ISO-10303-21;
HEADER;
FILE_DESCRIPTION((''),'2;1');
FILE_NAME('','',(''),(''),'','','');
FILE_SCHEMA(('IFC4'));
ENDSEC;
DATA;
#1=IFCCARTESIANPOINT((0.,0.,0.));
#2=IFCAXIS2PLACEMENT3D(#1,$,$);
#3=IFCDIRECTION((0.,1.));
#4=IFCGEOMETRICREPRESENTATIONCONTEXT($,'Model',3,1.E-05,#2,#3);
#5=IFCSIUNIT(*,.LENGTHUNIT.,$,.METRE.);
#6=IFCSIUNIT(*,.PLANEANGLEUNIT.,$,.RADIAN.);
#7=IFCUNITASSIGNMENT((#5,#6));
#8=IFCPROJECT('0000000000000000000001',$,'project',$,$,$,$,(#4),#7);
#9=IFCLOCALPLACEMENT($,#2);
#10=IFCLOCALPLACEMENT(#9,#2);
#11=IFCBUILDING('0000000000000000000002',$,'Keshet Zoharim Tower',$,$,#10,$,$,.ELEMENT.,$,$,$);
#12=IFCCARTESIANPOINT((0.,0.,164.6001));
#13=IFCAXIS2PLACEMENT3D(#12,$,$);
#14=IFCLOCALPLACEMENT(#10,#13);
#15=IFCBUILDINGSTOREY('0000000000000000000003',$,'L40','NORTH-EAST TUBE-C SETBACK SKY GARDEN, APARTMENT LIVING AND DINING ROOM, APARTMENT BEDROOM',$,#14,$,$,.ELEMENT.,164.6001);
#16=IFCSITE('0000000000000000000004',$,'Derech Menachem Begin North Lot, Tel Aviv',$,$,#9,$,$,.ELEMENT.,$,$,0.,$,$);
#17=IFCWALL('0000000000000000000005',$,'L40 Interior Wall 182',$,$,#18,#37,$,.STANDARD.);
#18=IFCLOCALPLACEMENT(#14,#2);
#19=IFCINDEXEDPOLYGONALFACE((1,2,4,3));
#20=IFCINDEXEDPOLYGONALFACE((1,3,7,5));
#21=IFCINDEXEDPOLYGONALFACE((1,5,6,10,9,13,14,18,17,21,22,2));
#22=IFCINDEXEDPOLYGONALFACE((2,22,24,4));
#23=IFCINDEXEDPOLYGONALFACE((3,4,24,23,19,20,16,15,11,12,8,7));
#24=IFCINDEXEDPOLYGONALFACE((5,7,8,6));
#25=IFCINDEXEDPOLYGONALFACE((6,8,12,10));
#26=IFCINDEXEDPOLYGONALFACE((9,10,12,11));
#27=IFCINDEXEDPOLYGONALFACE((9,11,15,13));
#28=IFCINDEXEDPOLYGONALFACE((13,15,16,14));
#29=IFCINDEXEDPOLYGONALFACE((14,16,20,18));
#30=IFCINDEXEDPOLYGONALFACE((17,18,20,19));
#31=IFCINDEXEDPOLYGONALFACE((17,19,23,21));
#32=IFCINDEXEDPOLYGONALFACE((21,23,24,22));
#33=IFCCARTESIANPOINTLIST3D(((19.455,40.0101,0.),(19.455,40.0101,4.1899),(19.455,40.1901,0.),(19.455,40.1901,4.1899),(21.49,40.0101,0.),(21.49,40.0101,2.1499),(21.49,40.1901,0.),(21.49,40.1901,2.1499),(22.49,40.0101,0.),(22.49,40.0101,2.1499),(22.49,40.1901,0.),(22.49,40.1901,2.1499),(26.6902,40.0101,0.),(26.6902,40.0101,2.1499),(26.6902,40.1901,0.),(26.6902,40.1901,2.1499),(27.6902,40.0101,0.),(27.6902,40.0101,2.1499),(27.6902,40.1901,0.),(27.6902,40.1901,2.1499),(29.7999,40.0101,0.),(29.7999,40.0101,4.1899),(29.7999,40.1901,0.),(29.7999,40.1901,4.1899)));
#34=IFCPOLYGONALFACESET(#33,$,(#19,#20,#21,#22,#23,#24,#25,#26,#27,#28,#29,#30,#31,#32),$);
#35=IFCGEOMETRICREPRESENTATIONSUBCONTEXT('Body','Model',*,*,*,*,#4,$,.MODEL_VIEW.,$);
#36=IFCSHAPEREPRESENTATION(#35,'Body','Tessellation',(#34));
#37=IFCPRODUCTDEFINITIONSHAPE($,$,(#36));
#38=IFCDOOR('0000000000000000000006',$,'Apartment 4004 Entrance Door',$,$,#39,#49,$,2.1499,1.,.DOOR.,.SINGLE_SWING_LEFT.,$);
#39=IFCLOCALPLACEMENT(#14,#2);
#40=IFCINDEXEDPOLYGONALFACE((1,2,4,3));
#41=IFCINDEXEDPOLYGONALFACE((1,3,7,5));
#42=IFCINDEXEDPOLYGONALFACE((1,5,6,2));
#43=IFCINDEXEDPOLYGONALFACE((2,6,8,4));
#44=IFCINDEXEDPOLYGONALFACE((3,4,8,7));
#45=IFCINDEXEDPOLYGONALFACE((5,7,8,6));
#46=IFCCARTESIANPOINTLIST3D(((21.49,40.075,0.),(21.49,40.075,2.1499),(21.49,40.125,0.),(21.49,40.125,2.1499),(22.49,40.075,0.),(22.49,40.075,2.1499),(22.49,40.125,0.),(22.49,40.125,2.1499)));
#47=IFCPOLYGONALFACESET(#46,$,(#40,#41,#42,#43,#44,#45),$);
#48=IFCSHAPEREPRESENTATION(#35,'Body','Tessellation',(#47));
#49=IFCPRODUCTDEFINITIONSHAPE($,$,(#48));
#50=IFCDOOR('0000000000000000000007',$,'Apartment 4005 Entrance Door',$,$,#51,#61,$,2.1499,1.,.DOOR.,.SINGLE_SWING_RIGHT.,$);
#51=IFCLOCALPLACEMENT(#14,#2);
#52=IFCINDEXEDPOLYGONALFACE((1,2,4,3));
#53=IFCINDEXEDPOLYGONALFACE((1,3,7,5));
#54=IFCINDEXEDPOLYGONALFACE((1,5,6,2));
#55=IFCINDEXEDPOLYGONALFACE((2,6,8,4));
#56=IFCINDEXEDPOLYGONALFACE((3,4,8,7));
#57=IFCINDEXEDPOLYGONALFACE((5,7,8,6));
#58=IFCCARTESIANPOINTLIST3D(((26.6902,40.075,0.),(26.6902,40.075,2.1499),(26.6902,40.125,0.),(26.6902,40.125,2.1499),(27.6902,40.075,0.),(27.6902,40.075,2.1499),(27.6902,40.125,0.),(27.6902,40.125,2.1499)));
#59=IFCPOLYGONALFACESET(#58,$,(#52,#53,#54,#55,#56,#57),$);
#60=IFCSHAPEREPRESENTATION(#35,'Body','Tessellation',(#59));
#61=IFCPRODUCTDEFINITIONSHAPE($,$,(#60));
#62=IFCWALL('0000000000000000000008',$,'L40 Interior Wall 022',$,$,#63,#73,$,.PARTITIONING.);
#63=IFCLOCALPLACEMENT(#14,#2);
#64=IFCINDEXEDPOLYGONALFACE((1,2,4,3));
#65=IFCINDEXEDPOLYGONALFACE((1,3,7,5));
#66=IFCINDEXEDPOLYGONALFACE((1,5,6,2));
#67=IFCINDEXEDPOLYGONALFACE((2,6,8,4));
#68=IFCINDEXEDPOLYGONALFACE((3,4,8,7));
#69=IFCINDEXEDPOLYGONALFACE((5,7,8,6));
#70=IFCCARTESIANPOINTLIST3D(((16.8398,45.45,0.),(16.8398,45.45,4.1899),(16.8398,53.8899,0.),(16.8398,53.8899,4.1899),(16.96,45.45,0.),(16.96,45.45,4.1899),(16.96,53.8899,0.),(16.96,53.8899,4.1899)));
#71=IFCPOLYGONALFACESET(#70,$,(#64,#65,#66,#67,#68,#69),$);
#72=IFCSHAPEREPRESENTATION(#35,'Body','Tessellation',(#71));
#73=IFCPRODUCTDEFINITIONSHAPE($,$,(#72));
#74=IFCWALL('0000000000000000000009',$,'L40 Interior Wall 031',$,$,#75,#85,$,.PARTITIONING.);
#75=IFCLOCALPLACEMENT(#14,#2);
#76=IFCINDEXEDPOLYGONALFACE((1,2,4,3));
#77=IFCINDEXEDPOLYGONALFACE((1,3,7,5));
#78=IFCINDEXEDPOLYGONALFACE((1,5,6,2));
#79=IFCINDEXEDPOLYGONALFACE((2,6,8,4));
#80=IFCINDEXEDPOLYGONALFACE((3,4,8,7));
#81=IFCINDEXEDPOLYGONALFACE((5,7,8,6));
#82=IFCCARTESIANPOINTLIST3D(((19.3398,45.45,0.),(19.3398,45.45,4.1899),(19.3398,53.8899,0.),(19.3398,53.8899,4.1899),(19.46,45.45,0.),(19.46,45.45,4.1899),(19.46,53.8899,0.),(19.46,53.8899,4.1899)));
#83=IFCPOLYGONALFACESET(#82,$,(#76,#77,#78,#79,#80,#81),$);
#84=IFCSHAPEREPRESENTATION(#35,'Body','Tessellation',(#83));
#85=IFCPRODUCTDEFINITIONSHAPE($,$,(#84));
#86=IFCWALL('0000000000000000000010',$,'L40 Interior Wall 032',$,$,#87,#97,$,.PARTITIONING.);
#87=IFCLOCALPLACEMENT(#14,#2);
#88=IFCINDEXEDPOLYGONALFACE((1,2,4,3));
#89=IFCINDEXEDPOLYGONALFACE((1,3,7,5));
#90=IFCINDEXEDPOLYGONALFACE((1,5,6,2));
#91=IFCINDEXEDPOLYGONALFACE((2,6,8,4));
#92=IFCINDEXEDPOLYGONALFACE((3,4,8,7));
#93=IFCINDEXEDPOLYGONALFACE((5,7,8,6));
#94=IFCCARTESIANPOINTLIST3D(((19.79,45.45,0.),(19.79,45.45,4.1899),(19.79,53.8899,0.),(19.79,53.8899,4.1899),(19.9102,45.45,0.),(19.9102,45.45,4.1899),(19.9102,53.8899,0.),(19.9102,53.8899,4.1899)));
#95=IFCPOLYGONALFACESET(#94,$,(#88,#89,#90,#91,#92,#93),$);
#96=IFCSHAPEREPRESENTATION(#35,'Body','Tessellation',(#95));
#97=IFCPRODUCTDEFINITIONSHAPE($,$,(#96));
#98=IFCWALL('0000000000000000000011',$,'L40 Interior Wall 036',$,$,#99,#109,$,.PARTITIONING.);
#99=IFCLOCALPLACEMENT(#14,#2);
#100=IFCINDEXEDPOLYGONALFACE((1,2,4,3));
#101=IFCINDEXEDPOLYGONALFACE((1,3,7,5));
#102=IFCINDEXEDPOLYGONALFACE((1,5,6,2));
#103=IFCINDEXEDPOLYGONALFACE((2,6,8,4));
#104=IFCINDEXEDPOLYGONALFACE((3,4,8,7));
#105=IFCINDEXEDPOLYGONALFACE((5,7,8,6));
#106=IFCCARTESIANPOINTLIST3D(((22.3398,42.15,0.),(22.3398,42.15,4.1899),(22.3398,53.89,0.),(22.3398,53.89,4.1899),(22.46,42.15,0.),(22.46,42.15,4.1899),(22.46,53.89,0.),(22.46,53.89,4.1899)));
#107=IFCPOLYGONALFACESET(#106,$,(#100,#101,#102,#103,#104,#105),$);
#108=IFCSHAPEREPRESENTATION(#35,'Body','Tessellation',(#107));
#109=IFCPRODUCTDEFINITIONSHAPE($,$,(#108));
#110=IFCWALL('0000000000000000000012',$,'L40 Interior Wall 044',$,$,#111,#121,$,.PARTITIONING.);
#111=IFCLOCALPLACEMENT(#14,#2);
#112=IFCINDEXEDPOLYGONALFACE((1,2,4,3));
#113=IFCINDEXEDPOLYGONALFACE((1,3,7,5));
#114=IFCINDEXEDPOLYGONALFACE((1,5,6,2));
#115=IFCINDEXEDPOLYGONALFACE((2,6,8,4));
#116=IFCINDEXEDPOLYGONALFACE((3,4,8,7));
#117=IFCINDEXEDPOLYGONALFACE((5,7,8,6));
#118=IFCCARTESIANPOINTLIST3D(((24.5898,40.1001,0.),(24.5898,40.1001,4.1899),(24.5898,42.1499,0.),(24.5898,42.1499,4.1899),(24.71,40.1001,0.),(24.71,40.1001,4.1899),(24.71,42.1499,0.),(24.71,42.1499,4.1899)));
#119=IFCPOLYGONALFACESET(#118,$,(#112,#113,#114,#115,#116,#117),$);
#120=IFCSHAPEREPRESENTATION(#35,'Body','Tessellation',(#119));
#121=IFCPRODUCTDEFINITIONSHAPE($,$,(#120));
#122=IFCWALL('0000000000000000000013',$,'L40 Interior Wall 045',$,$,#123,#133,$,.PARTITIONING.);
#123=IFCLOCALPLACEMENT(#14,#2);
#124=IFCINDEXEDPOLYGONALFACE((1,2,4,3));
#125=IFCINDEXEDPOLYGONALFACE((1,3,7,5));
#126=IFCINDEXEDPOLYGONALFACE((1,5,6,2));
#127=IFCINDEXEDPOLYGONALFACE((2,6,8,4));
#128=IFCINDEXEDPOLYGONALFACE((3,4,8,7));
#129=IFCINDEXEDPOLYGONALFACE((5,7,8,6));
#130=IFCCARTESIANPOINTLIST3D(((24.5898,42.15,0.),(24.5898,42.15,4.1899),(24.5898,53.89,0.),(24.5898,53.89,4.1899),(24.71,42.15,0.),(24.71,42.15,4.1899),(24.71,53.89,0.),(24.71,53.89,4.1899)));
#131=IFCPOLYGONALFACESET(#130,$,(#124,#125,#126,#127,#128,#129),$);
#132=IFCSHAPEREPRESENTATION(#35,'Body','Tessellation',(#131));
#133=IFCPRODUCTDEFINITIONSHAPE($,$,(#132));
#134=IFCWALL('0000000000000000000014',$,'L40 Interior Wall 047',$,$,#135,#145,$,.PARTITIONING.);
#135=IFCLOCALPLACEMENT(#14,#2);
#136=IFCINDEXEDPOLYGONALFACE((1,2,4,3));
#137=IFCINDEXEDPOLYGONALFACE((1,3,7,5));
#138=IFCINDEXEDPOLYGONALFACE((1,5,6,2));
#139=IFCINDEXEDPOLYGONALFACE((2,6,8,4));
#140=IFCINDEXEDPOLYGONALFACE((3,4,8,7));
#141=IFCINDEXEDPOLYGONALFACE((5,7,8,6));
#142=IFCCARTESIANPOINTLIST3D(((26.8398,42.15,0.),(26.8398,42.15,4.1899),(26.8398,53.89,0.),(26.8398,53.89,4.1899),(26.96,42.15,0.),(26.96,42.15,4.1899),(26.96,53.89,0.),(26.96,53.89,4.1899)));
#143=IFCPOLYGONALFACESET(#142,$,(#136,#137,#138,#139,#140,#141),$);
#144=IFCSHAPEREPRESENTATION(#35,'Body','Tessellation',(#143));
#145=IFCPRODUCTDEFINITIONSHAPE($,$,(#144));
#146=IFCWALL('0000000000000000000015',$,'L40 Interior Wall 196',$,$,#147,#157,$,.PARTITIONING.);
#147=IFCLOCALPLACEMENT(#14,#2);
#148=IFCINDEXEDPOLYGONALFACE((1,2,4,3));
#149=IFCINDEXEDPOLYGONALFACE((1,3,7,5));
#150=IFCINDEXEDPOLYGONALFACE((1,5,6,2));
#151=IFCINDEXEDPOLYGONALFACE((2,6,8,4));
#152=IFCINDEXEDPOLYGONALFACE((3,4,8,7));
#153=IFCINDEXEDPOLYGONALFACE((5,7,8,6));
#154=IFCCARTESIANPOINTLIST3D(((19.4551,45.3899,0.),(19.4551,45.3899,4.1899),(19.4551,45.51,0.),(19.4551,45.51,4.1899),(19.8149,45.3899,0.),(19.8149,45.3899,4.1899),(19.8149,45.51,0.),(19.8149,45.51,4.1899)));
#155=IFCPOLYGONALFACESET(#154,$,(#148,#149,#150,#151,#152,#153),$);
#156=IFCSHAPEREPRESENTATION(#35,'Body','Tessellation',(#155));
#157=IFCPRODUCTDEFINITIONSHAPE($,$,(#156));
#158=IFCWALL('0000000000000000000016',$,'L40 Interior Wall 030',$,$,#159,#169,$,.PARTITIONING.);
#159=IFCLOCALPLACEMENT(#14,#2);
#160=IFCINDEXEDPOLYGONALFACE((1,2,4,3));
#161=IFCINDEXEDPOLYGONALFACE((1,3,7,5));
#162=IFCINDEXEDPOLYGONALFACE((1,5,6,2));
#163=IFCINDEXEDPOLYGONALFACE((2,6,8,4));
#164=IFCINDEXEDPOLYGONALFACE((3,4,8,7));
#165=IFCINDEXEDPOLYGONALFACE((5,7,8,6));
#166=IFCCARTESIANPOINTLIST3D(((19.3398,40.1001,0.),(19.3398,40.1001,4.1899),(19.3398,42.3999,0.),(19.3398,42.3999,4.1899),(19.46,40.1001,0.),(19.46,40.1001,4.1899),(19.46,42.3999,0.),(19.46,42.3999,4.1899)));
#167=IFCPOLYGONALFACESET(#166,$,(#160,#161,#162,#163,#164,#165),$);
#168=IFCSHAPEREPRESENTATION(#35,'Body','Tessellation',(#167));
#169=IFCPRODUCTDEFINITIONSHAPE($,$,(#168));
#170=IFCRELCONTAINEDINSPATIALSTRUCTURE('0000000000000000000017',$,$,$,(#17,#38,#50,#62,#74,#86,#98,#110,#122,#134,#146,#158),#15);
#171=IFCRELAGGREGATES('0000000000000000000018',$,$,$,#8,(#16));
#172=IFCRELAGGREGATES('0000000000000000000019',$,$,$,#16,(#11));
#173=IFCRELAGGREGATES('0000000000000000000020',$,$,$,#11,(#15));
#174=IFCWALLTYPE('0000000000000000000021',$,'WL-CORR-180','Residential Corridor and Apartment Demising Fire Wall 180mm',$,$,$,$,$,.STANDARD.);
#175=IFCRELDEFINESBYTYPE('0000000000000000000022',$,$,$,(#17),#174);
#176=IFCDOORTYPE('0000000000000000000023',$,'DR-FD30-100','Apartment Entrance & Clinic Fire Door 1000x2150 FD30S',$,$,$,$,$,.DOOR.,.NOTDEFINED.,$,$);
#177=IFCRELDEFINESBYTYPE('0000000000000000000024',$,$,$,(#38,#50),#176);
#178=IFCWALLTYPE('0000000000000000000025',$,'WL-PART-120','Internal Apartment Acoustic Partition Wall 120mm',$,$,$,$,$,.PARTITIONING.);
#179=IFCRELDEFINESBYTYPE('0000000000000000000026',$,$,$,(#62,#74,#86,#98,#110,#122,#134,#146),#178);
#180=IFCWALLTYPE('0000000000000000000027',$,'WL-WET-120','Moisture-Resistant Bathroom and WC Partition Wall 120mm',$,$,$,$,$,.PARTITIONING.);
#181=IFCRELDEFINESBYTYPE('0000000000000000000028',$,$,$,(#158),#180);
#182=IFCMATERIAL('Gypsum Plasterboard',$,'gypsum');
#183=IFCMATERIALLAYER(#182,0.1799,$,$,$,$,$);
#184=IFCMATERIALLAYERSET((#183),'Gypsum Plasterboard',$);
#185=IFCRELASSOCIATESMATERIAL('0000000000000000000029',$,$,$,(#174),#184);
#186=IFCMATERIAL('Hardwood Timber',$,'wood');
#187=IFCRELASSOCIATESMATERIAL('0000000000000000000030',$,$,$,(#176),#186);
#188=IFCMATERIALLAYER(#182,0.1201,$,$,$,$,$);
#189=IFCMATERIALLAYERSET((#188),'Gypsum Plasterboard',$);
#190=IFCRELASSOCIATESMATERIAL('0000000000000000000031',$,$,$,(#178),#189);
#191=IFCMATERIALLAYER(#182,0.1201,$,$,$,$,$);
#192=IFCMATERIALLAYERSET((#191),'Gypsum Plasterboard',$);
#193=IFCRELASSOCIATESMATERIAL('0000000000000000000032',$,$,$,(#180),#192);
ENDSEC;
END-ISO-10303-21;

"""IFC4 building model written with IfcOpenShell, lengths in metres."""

from ifc_helpers import new_model, si_unit, direction, frame, frame_2d, origin, place, context, subcontext, project, spatial, rectangle, extrude, material, layer, layer_set, type_object, element, fill, save


model = new_model("IFC4")

# Units and contexts
model_context = context("Model", 3, precision=1e-05, world=origin(), true_north=direction((0.0, 1.0)))
body_context = subcontext(model_context, "Body", "Model", "MODEL_VIEW")
ifc_project = project(units=[si_unit("LENGTHUNIT", "METRE"), si_unit("PLANEANGLEUNIT", "RADIAN")], contexts=[model_context])

# Site, building, storey
site_placement = place(None, origin())
site = spatial("IfcSite", under=ifc_project, at=site_placement, Name="Derech Menachem Begin North Lot, Tel Aviv", CompositionType="ELEMENT", RefElevation=0.0)
building_placement = place(site_placement, origin())
building = spatial("IfcBuilding", under=site, at=building_placement, Name="Keshet Zoharim Tower", CompositionType="ELEMENT")
storey_placement = place(building_placement, frame((0.0, 0.0, 164.6001)))
storey = spatial("IfcBuildingStorey", under=building, at=storey_placement, Name="L40", Description="NORTH-EAST TUBE-C SETBACK SKY GARDEN, APARTMENT LIVING AND DINING ROOM, APARTMENT BEDROOM", CompositionType="ELEMENT", Elevation=164.6001)

# Shared definitions
ifc_material_1 = material(Name="Gypsum Plasterboard", Category="gypsum")
ifc_layer_1 = layer(ifc_material_1, 0.1799)
ifc_layer_set_1 = layer_set([ifc_layer_1], Name="Gypsum Plasterboard")
wall_type_1 = type_object("IfcWallType", Name="WL-CORR-180", Description="Residential Corridor and Apartment Demising Fire Wall 180mm", PredefinedType="STANDARD", material=ifc_layer_set_1)

# Wall, openings, doors
wall_1_placement = place(storey_placement, frame((19.4551, 40.1001, 0.0), z_axis=(0.0, 0.0, 1.0), x_axis=(1.0, 0.0, 0.0)))
wall_1 = element("IfcWall", 1, at=wall_1_placement, inside=storey, type_object=wall_type_1, Name="L40 Interior Wall 182", PredefinedType="STANDARD", context=body_context, shape_type="SweptSolid", body=[
    extrude(rectangle(XDim=10.345, YDim=0.1799, at=frame_2d((5.1724, 0.0))), origin(), (0.0, 0.0, 1.0), 4.1899),
])
opening_1_placement = place(wall_1_placement, frame((2.0349, 0.0, 0.0)))
opening_1 = element("IfcOpeningElement", 2, at=opening_1_placement, cuts=wall_1, PredefinedType="OPENING", context=body_context, shape_type="SweptSolid", body=[
    extrude(rectangle(XDim=1.0, YDim=2.1499, at=frame_2d((0.5, 1.075))), frame((0.0, 0.1001, 0.0), z_axis=(0.0, -1.0, 0.0), x_axis=(1.0, 0.0, 0.0)), (0.0, 0.0, 1.0), 0.2),
])
opening_2_placement = place(wall_1_placement, frame((7.2351, 0.0, 0.0)))
opening_2 = element("IfcOpeningElement", 3, at=opening_2_placement, cuts=wall_1, PredefinedType="OPENING", context=body_context, shape_type="SweptSolid", body=[
    extrude(rectangle(XDim=1.0, YDim=2.1499, at=frame_2d((0.5, 1.075))), frame((0.0, 0.1001, 0.0), z_axis=(0.0, -1.0, 0.0), x_axis=(1.0, 0.0, 0.0)), (0.0, 0.0, 1.0), 0.2),
])
ifc_material_2 = material(Name="Hardwood Timber", Category="wood")
door_type_1 = type_object("IfcDoorType", Name="DR-FD30-100", Description="Apartment Entrance & Clinic Fire Door 1000x2150 FD30S", OperationType="NOTDEFINED", PredefinedType="DOOR", material=ifc_material_2)
door_1_placement = place(opening_1_placement, origin())
door_1 = element("IfcDoor", 4, at=door_1_placement, inside=storey, type_object=door_type_1, Name="Apartment 4004 Entrance Door", OperationType="SINGLE_SWING_LEFT", OverallHeight=2.1499, OverallWidth=1.0, PredefinedType="DOOR", context=body_context, shape_type="SweptSolid", body=[
    extrude(rectangle(XDim=1.0, YDim=2.1499, at=frame_2d((0.5, 1.075))), frame((0.0, 0.0249, 0.0), z_axis=(0.0, -1.0, 0.0), x_axis=(1.0, 0.0, 0.0)), (0.0, 0.0, 1.0), 0.05),
])
fill(opening_1, door_1)
door_2_placement = place(opening_2_placement, origin())
door_2 = element("IfcDoor", 5, at=door_2_placement, inside=storey, type_object=door_type_1, Name="Apartment 4005 Entrance Door", OperationType="SINGLE_SWING_RIGHT", OverallHeight=2.1499, OverallWidth=1.0, PredefinedType="DOOR", context=body_context, shape_type="SweptSolid", body=[
    extrude(rectangle(XDim=1.0, YDim=2.1499, at=frame_2d((0.5, 1.075))), frame((0.0, 0.0249, 0.0), z_axis=(0.0, -1.0, 0.0), x_axis=(1.0, 0.0, 0.0)), (0.0, 0.0, 1.0), 0.05),
])
fill(opening_2, door_2)

# Walls
ifc_layer_2 = layer(ifc_material_1, 0.1201)
ifc_layer_set_2 = layer_set([ifc_layer_2], Name="Gypsum Plasterboard")
wall_type_2 = type_object("IfcWallType", Name="WL-PART-120", Description="Internal Apartment Acoustic Partition Wall 120mm", PredefinedType="PARTITIONING", material=ifc_layer_set_2)
for number, where, z_axis, x_axis, name in (
    (6, (16.8999, 45.45, 0.0), (0.0, 0.0, 1.0), (0.0, 1.0, 0.0), "L40 Interior Wall 022"),
    (7, (19.3999, 45.45, 0.0), (0.0, 0.0, 1.0), (0.0, 1.0, 0.0), "L40 Interior Wall 031"),
    (8, (19.8501, 45.45, 0.0), (0.0, 0.0, 1.0), (0.0, 1.0, 0.0), "L40 Interior Wall 032"),
):
    element("IfcWall", number, at=place(storey_placement, frame(where, z_axis=z_axis, x_axis=x_axis)), inside=storey, type_object=wall_type_2, Name=name, PredefinedType="PARTITIONING", context=body_context, shape_type="SweptSolid", body=[
        extrude(rectangle(XDim=8.4399, YDim=0.1201, at=frame_2d((4.22, 0.0))), origin(), (0.0, 0.0, 1.0), 4.1899),
    ])
wall_2_placement = place(storey_placement, frame((22.3999, 42.1499, 0.0), z_axis=(0.0, 0.0, 1.0), x_axis=(0.0, 1.0, 0.0)))
element("IfcWall", 9, at=wall_2_placement, inside=storey, type_object=wall_type_2, Name="L40 Interior Wall 036", PredefinedType="PARTITIONING", context=body_context, shape_type="SweptSolid", body=[
    extrude(rectangle(XDim=11.74, YDim=0.1201, at=frame_2d((5.8701, 0.0))), origin(), (0.0, 0.0, 1.0), 4.1899),
])
wall_3_placement = place(storey_placement, frame((24.6499, 40.1001, 0.0), z_axis=(0.0, 0.0, 1.0), x_axis=(0.0, 1.0, 0.0)))
element("IfcWall", 10, at=wall_3_placement, inside=storey, type_object=wall_type_2, Name="L40 Interior Wall 044", PredefinedType="PARTITIONING", context=body_context, shape_type="SweptSolid", body=[
    extrude(rectangle(XDim=2.0498, YDim=0.1201, at=frame_2d((1.0249, 0.0))), origin(), (0.0, 0.0, 1.0), 4.1899),
])
for number, where, z_axis, x_axis, name in (
    (11, (24.6499, 42.1499, 0.0), (0.0, 0.0, 1.0), (0.0, 1.0, 0.0), "L40 Interior Wall 045"),
    (12, (26.8999, 42.1499, 0.0), (0.0, 0.0, 1.0), (0.0, 1.0, 0.0), "L40 Interior Wall 047"),
):
    element("IfcWall", number, at=place(storey_placement, frame(where, z_axis=z_axis, x_axis=x_axis)), inside=storey, type_object=wall_type_2, Name=name, PredefinedType="PARTITIONING", context=body_context, shape_type="SweptSolid", body=[
        extrude(rectangle(XDim=11.74, YDim=0.1201, at=frame_2d((5.8701, 0.0))), origin(), (0.0, 0.0, 1.0), 4.1899),
    ])

# Walls
wall_4_placement = place(storey_placement, frame((19.4551, 45.45, 0.0), z_axis=(0.0, 0.0, 1.0), x_axis=(1.0, 0.0, 0.0)))
element("IfcWall", 13, at=wall_4_placement, inside=storey, type_object=wall_type_2, Name="L40 Interior Wall 196", PredefinedType="PARTITIONING", context=body_context, shape_type="SweptSolid", body=[
    extrude(rectangle(XDim=0.3599, YDim=0.1201, at=frame_2d((0.1799, 0.0))), origin(), (0.0, 0.0, 1.0), 4.1899),
])
ifc_layer_3 = layer(ifc_material_1, 0.1201)
ifc_layer_set_3 = layer_set([ifc_layer_3], Name="Gypsum Plasterboard")
wall_type_3 = type_object("IfcWallType", Name="WL-WET-120", Description="Moisture-Resistant Bathroom and WC Partition Wall 120mm", PredefinedType="PARTITIONING", material=ifc_layer_set_3)
wall_5_placement = place(storey_placement, frame((19.3999, 40.1001, 0.0), z_axis=(0.0, 0.0, 1.0), x_axis=(0.0, 1.0, 0.0)))
element("IfcWall", 14, at=wall_5_placement, inside=storey, type_object=wall_type_3, Name="L40 Interior Wall 030", PredefinedType="PARTITIONING", context=body_context, shape_type="SweptSolid", body=[
    extrude(rectangle(XDim=2.2998, YDim=0.1201, at=frame_2d((1.1499, 0.0))), origin(), (0.0, 0.0, 1.0), 4.1899),
])

save(model, "model.ifc")
